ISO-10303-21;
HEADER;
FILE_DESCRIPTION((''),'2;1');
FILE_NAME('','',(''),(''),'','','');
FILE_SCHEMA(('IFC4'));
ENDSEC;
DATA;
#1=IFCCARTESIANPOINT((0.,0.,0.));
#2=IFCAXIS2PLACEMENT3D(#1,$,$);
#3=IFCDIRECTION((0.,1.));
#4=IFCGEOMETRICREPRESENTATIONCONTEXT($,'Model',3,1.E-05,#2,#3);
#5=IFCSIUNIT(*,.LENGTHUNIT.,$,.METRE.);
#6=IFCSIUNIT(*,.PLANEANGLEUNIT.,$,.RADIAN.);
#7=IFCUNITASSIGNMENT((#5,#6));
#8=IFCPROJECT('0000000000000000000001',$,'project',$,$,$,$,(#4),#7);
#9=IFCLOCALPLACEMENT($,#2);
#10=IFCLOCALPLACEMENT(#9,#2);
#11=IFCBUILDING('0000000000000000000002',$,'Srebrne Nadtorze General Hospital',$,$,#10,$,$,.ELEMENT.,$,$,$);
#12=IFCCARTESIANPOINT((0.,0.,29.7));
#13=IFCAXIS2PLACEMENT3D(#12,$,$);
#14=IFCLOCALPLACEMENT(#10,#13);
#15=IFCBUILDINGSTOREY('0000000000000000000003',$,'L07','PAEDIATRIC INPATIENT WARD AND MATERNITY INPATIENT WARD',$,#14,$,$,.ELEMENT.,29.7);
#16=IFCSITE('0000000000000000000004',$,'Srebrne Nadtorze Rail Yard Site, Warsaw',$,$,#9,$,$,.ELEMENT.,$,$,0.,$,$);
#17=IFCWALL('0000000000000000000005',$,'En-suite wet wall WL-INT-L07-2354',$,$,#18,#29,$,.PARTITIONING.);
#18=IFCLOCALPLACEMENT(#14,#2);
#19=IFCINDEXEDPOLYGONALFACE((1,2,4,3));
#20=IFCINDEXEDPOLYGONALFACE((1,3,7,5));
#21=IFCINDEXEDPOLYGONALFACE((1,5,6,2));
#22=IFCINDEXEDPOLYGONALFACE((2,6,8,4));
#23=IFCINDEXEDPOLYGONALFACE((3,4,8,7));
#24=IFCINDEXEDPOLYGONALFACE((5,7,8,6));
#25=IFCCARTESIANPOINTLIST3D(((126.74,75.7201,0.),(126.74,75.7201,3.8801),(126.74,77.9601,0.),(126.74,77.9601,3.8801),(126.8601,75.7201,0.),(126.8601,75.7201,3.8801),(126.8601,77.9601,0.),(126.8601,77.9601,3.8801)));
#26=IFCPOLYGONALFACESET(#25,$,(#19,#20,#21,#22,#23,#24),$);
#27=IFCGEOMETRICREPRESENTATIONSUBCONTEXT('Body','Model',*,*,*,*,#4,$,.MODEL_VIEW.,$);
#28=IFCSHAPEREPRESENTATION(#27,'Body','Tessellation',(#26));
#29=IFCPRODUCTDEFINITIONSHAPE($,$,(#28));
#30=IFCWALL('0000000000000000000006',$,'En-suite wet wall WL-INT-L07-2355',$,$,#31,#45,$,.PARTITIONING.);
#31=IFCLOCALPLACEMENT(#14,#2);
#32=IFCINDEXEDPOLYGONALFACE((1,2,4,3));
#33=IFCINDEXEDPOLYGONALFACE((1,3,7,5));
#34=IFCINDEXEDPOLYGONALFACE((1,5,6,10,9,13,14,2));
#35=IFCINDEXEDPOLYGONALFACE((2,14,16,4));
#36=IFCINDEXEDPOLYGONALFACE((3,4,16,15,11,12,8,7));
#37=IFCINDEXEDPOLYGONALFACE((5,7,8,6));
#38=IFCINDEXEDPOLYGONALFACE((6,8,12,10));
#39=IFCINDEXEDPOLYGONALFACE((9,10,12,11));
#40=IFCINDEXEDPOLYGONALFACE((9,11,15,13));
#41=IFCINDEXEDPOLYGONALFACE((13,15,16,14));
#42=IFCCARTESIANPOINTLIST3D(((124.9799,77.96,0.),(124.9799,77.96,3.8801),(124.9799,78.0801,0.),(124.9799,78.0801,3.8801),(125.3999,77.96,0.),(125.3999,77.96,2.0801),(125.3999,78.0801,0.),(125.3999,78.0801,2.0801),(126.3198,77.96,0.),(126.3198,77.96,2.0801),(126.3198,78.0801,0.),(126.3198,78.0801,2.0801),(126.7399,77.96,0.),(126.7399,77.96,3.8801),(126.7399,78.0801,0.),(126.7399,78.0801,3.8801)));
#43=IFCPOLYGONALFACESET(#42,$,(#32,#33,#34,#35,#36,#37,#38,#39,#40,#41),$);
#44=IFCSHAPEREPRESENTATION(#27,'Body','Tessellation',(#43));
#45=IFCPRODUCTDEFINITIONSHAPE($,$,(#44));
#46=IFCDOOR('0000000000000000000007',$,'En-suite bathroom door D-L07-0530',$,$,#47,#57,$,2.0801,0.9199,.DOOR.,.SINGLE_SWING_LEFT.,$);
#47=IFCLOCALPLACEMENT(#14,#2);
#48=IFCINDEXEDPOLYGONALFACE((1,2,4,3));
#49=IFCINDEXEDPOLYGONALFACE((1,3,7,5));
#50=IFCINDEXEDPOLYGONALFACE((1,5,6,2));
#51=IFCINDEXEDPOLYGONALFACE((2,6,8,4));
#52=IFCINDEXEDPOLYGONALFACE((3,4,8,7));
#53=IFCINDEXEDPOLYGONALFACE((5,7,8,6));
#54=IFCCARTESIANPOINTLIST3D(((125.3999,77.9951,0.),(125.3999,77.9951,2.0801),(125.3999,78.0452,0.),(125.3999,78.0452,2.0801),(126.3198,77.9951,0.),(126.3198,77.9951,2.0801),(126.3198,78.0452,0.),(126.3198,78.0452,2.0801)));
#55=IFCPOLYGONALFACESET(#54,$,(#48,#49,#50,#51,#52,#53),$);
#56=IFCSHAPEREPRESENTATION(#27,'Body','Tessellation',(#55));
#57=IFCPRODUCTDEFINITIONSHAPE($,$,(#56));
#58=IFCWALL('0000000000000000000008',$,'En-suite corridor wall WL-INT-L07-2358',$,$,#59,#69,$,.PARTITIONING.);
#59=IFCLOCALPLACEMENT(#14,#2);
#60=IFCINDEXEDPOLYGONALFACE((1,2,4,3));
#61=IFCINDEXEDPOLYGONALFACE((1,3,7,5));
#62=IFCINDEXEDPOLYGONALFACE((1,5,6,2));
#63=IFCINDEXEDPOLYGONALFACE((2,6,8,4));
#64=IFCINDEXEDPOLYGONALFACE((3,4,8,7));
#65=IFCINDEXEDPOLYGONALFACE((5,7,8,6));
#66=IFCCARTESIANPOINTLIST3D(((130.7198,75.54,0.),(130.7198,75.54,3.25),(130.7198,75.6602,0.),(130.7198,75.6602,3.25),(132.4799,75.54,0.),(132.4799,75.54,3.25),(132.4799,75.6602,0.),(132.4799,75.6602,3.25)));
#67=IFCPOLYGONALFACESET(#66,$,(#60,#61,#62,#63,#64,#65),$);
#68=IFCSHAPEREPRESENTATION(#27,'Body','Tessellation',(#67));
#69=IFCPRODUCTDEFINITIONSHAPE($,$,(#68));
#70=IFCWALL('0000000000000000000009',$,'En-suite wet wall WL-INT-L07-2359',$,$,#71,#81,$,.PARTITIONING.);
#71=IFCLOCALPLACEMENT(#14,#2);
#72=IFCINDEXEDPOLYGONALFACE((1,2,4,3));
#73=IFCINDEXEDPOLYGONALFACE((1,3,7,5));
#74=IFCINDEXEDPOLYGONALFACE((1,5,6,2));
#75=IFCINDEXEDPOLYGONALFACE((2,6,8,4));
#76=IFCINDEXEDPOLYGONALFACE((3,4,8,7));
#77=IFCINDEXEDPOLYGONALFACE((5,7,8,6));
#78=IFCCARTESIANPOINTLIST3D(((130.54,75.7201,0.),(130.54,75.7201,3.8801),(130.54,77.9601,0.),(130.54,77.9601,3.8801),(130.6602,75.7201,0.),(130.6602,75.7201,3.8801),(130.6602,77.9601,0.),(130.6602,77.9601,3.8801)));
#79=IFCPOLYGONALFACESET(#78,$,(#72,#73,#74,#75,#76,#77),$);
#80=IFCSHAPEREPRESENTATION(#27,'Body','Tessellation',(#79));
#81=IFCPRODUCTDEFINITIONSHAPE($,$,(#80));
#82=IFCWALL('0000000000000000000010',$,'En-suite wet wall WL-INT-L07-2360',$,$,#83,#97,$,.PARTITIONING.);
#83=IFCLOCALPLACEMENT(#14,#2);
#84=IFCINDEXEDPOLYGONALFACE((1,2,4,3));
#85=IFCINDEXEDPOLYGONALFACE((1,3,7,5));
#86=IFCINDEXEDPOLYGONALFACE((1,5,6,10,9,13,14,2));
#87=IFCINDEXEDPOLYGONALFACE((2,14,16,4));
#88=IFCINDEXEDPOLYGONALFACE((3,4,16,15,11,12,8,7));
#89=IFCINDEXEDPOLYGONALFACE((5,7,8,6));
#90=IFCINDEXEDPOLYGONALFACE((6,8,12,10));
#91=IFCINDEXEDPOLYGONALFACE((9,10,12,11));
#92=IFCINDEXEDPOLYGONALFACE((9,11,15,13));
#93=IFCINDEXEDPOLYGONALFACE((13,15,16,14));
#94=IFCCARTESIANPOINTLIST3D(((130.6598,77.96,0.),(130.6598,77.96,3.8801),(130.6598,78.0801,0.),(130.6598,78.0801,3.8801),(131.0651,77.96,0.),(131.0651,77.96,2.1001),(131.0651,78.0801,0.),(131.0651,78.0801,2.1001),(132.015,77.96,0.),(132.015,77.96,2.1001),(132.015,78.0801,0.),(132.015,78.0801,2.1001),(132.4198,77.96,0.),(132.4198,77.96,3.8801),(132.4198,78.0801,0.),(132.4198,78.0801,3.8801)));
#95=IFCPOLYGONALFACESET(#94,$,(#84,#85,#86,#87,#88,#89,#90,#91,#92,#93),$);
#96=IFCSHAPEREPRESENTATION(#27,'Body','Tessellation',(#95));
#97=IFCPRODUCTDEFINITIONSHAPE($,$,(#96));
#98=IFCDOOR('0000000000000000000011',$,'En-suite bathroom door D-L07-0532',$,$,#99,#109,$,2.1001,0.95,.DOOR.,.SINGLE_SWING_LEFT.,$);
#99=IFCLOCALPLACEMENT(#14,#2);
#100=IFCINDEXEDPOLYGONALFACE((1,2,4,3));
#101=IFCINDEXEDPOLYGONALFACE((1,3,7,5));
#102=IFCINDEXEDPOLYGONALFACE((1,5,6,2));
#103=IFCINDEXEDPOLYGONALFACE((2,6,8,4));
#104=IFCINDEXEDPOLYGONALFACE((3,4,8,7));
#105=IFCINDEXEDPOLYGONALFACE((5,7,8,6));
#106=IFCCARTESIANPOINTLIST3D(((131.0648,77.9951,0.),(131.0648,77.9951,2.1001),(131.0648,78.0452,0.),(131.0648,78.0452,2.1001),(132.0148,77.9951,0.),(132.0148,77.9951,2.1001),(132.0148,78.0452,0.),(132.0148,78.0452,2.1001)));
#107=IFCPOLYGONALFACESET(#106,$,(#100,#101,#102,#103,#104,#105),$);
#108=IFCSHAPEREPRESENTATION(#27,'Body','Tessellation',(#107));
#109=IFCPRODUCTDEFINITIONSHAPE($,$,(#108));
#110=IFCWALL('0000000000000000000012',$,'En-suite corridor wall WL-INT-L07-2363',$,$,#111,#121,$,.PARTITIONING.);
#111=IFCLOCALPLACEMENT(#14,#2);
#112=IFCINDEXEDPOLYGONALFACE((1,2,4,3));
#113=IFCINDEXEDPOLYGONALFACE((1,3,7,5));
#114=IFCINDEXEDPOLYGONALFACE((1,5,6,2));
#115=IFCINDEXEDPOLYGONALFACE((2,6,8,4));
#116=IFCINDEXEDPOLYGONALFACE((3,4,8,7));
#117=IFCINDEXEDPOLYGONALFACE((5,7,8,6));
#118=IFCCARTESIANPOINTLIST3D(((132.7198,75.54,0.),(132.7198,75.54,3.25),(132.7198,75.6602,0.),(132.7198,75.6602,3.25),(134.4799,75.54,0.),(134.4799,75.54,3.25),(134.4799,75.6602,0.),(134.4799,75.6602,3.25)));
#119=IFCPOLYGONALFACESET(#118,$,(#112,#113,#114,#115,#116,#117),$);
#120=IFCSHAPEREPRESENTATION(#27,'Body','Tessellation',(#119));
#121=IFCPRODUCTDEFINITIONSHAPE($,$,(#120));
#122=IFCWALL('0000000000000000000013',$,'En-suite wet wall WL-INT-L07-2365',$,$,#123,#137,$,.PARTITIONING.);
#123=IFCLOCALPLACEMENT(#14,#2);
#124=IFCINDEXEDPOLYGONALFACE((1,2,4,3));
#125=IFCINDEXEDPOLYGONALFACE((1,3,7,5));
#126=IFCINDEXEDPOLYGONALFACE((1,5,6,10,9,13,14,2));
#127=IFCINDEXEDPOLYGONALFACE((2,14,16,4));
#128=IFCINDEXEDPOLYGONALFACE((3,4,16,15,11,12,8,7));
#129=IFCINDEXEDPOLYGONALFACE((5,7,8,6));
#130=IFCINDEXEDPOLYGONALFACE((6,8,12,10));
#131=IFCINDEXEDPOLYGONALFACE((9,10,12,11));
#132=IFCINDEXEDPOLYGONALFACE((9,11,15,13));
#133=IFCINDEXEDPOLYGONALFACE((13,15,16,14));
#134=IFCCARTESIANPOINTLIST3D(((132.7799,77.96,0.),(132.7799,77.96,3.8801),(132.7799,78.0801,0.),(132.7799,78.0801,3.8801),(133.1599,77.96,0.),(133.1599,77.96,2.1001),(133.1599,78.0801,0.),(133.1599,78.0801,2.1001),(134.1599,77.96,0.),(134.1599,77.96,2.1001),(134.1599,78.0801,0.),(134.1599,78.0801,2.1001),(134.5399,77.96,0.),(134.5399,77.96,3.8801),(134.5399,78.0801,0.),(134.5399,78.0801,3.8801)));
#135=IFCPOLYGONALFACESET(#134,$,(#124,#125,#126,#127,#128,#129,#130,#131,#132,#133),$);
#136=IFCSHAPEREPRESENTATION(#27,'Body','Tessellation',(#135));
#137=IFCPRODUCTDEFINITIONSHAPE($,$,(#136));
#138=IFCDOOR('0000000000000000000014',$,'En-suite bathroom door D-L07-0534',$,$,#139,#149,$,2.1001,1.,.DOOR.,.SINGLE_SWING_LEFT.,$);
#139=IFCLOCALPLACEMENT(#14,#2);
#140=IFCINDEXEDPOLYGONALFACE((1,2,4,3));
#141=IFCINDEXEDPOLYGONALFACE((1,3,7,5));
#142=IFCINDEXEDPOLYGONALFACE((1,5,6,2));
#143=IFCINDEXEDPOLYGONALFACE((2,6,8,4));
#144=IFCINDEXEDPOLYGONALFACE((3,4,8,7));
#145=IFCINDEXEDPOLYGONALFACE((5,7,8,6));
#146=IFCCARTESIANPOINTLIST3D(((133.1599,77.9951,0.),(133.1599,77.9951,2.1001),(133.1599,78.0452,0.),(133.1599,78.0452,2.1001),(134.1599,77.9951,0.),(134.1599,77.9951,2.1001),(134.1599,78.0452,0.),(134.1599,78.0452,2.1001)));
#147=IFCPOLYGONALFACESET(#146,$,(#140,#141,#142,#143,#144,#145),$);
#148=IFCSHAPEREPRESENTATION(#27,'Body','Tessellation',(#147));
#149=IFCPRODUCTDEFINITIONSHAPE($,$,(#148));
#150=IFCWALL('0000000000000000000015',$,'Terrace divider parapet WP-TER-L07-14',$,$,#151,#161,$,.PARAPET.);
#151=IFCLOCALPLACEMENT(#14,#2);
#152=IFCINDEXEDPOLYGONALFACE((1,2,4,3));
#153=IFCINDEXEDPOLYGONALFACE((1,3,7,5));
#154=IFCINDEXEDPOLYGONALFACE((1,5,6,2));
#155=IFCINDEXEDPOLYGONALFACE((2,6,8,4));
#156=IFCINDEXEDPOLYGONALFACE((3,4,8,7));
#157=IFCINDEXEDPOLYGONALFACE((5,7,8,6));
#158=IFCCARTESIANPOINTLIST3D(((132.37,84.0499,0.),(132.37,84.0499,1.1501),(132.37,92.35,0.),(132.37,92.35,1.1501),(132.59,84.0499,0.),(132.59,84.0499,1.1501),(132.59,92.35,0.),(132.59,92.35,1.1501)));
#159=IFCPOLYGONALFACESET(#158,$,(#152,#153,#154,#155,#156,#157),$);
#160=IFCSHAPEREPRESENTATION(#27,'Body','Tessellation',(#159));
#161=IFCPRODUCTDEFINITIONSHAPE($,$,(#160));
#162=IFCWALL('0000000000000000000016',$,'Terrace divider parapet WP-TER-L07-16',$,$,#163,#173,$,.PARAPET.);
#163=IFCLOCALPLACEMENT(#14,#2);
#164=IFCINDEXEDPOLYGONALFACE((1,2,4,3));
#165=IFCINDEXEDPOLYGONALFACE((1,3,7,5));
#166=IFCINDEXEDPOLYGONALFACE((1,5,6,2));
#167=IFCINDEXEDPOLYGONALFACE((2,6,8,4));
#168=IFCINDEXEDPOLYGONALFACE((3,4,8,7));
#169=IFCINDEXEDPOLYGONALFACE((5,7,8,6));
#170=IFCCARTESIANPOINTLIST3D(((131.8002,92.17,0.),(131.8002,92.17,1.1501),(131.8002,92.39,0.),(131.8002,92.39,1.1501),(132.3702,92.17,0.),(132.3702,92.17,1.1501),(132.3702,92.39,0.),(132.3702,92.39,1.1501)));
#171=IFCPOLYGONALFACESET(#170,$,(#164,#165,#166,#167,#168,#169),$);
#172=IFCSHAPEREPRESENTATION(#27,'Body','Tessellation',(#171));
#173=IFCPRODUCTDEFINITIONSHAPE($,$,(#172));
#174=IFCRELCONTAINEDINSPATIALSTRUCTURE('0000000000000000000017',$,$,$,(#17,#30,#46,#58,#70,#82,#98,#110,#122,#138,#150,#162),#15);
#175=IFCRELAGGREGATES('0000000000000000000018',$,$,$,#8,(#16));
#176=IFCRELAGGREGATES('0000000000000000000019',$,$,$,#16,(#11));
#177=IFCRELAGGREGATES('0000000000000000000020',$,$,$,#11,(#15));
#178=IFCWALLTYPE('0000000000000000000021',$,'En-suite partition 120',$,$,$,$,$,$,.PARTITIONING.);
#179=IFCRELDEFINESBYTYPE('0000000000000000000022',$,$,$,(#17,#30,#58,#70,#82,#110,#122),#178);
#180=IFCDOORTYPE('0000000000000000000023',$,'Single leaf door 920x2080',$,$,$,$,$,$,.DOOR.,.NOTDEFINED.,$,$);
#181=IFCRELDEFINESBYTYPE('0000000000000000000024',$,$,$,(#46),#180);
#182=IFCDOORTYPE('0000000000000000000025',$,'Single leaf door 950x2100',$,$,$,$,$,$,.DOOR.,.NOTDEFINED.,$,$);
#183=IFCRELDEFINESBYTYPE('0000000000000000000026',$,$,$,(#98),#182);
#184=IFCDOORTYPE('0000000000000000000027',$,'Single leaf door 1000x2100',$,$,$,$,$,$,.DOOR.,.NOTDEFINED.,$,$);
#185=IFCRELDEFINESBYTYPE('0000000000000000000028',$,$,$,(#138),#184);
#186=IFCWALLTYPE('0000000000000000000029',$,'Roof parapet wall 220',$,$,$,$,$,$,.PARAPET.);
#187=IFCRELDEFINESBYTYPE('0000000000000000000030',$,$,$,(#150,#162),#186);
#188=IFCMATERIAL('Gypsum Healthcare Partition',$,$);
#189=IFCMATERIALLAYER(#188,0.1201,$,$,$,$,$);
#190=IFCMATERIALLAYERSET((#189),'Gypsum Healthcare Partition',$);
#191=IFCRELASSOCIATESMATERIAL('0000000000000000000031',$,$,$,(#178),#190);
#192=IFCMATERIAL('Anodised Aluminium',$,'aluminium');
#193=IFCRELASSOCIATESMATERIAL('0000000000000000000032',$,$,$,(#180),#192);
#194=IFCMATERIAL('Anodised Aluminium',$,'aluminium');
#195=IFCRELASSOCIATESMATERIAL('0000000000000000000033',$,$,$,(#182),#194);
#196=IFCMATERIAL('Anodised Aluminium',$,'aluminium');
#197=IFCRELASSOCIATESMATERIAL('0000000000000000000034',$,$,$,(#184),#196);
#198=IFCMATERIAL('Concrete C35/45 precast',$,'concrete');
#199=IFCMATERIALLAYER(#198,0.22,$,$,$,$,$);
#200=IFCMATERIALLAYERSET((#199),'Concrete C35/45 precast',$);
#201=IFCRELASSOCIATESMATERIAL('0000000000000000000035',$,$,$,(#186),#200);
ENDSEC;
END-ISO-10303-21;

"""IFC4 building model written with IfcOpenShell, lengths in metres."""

from ifc_helpers import new_model, si_unit, direction, frame, frame_2d, origin, place, context, subcontext, project, spatial, rectangle, extrude, material, layer, layer_set, type_object, element, fill, save


model = new_model("IFC4")

# Units and contexts
model_context = context("Model", 3, precision=1e-05, world=origin(), true_north=direction((0.0, 1.0)))
body_context = subcontext(model_context, "Body", "Model", "MODEL_VIEW")
ifc_project = project(units=[si_unit("LENGTHUNIT", "METRE"), si_unit("PLANEANGLEUNIT", "RADIAN")], contexts=[model_context])

# Site, building, storey
site_placement = place(None, origin())
site = spatial("IfcSite", under=ifc_project, at=site_placement, Name="Srebrne Nadtorze Rail Yard Site, Warsaw", CompositionType="ELEMENT", RefElevation=0.0)
building_placement = place(site_placement, origin())
building = spatial("IfcBuilding", under=site, at=building_placement, Name="Srebrne Nadtorze General Hospital", CompositionType="ELEMENT")
storey_placement = place(building_placement, frame((0.0, 0.0, 29.7)))
storey = spatial("IfcBuildingStorey", under=building, at=storey_placement, Name="L07", Description="PAEDIATRIC INPATIENT WARD AND MATERNITY INPATIENT WARD", CompositionType="ELEMENT", Elevation=29.7)

# Wall
ifc_material_1 = material(Name="Gypsum Healthcare Partition")
ifc_layer_1 = layer(ifc_material_1, 0.1201)
ifc_layer_set_1 = layer_set([ifc_layer_1], Name="Gypsum Healthcare Partition")
wall_type_1 = type_object("IfcWallType", Name="En-suite partition 120", PredefinedType="PARTITIONING", material=ifc_layer_set_1)
wall_1_placement = place(storey_placement, frame((126.8, 75.72, 0.0), z_axis=(0.0, 0.0, 1.0), x_axis=(0.0, 1.0, 0.0)))
element("IfcWall", 1, at=wall_1_placement, inside=storey, type_object=wall_type_1, Name="En-suite wet wall WL-INT-L07-2354", PredefinedType="PARTITIONING", context=body_context, shape_type="SweptSolid", body=[
    extrude(rectangle(XDim=2.24, YDim=0.1201, at=frame_2d((1.1201, 0.0))), origin(), (0.0, 0.0, 1.0), 3.8801),
])

# Wall, opening, door
wall_2_placement = place(storey_placement, frame((124.98, 78.02, 0.0), z_axis=(0.0, 0.0, 1.0), x_axis=(1.0, 0.0, 0.0)))
wall_2 = element("IfcWall", 2, at=wall_2_placement, inside=storey, type_object=wall_type_1, Name="En-suite wet wall WL-INT-L07-2355", PredefinedType="PARTITIONING", context=body_context, shape_type="SweptSolid", body=[
    extrude(rectangle(XDim=1.76, YDim=0.1201, at=frame_2d((0.8799, 0.0))), origin(), (0.0, 0.0, 1.0), 3.8801),
])
opening_1_placement = place(wall_2_placement, frame((0.4199, 0.0, 0.0)))
opening_1 = element("IfcOpeningElement", 3, at=opening_1_placement, cuts=wall_2, PredefinedType="OPENING", context=body_context, shape_type="SweptSolid", body=[
    extrude(rectangle(XDim=0.9199, YDim=2.0801, at=frame_2d((0.46, 1.04))), frame((0.0, 0.072, 0.0), z_axis=(0.0, -1.0, 0.0), x_axis=(1.0, 0.0, 0.0)), (0.0, 0.0, 1.0), 0.144),
])
ifc_material_2 = material(Name="Anodised Aluminium", Category="aluminium")
door_type_1 = type_object("IfcDoorType", Name="Single leaf door 920x2080", OperationType="NOTDEFINED", PredefinedType="DOOR", material=ifc_material_2)
door_1_placement = place(opening_1_placement, frame((0.9199, 0.0, 0.0), z_axis=(0.0, 0.0, 1.0), x_axis=(-1.0, 0.0, 0.0)))
door_1 = element("IfcDoor", 4, at=door_1_placement, inside=storey, type_object=door_type_1, Name="En-suite bathroom door D-L07-0530", OperationType="SINGLE_SWING_LEFT", OverallHeight=2.0801, OverallWidth=0.9199, PredefinedType="DOOR", context=body_context, shape_type="SweptSolid", body=[
    extrude(rectangle(XDim=0.9199, YDim=2.0801, at=frame_2d((0.46, 1.04))), frame((0.0, 0.0249, 0.0), z_axis=(0.0, -1.0, 0.0), x_axis=(1.0, 0.0, 0.0)), (0.0, 0.0, 1.0), 0.05),
])
fill(opening_1, door_1)

# Walls
wall_3_placement = place(storey_placement, frame((130.72, 75.6001, 0.0), z_axis=(0.0, 0.0, 1.0), x_axis=(1.0, 0.0, 0.0)))
element("IfcWall", 5, at=wall_3_placement, inside=storey, type_object=wall_type_1, Name="En-suite corridor wall WL-INT-L07-2358", PredefinedType="PARTITIONING", context=body_context, shape_type="SweptSolid", body=[
    extrude(rectangle(XDim=1.76, YDim=0.1201, at=frame_2d((0.8799, 0.0))), origin(), (0.0, 0.0, 1.0), 3.25),
])
wall_4_placement = place(storey_placement, frame((130.6001, 75.72, 0.0), z_axis=(0.0, 0.0, 1.0), x_axis=(0.0, 1.0, 0.0)))
element("IfcWall", 6, at=wall_4_placement, inside=storey, type_object=wall_type_1, Name="En-suite wet wall WL-INT-L07-2359", PredefinedType="PARTITIONING", context=body_context, shape_type="SweptSolid", body=[
    extrude(rectangle(XDim=2.24, YDim=0.1201, at=frame_2d((1.1201, 0.0))), origin(), (0.0, 0.0, 1.0), 3.8801),
])

# Wall, opening, door
wall_5_placement = place(storey_placement, frame((130.6599, 78.02, 0.0), z_axis=(0.0, 0.0, 1.0), x_axis=(1.0, 0.0, 0.0)))
wall_5 = element("IfcWall", 7, at=wall_5_placement, inside=storey, type_object=wall_type_1, Name="En-suite wet wall WL-INT-L07-2360", PredefinedType="PARTITIONING", context=body_context, shape_type="SweptSolid", body=[
    extrude(rectangle(XDim=1.76, YDim=0.1201, at=frame_2d((0.8799, 0.0))), origin(), (0.0, 0.0, 1.0), 3.8801),
])
opening_2_placement = place(wall_5_placement, frame((0.405, 0.0, 0.0)))
opening_2 = element("IfcOpeningElement", 8, at=opening_2_placement, cuts=wall_5, PredefinedType="OPENING", context=body_context, shape_type="SweptSolid", body=[
    extrude(rectangle(XDim=0.95, YDim=2.1001, at=frame_2d((0.4751, 1.05))), frame((0.0, 0.072, 0.0), z_axis=(0.0, -1.0, 0.0), x_axis=(1.0, 0.0, 0.0)), (0.0, 0.0, 1.0), 0.144),
])
ifc_material_3 = material(Name="Anodised Aluminium", Category="aluminium")
door_type_2 = type_object("IfcDoorType", Name="Single leaf door 950x2100", OperationType="NOTDEFINED", PredefinedType="DOOR", material=ifc_material_3)
door_2_placement = place(opening_2_placement, frame((0.95, 0.0, 0.0), z_axis=(0.0, 0.0, 1.0), x_axis=(-1.0, 0.0, 0.0)))
door_2 = element("IfcDoor", 9, at=door_2_placement, inside=storey, type_object=door_type_2, Name="En-suite bathroom door D-L07-0532", OperationType="SINGLE_SWING_LEFT", OverallHeight=2.1001, OverallWidth=0.95, PredefinedType="DOOR", context=body_context, shape_type="SweptSolid", body=[
    extrude(rectangle(XDim=0.95, YDim=2.1001, at=frame_2d((0.4751, 1.05))), frame((0.0, 0.0249, 0.0), z_axis=(0.0, -1.0, 0.0), x_axis=(1.0, 0.0, 0.0)), (0.0, 0.0, 1.0), 0.05),
])
fill(opening_2, door_2)

# Wall
wall_6_placement = place(storey_placement, frame((132.72, 75.6001, 0.0), z_axis=(0.0, 0.0, 1.0), x_axis=(1.0, 0.0, 0.0)))
element("IfcWall", 10, at=wall_6_placement, inside=storey, type_object=wall_type_1, Name="En-suite corridor wall WL-INT-L07-2363", PredefinedType="PARTITIONING", context=body_context, shape_type="SweptSolid", body=[
    extrude(rectangle(XDim=1.76, YDim=0.1201, at=frame_2d((0.8799, 0.0))), origin(), (0.0, 0.0, 1.0), 3.25),
])

# Wall, opening, door
wall_7_placement = place(storey_placement, frame((132.78, 78.02, 0.0), z_axis=(0.0, 0.0, 1.0), x_axis=(1.0, 0.0, 0.0)))
wall_7 = element("IfcWall", 11, at=wall_7_placement, inside=storey, type_object=wall_type_1, Name="En-suite wet wall WL-INT-L07-2365", PredefinedType="PARTITIONING", context=body_context, shape_type="SweptSolid", body=[
    extrude(rectangle(XDim=1.76, YDim=0.1201, at=frame_2d((0.8799, 0.0))), origin(), (0.0, 0.0, 1.0), 3.8801),
])
opening_3_placement = place(wall_7_placement, frame((0.3799, 0.0, 0.0)))
opening_3 = element("IfcOpeningElement", 12, at=opening_3_placement, cuts=wall_7, PredefinedType="OPENING", context=body_context, shape_type="SweptSolid", body=[
    extrude(rectangle(XDim=1.0, YDim=2.1001, at=frame_2d((0.5, 1.05))), frame((0.0, 0.072, 0.0), z_axis=(0.0, -1.0, 0.0), x_axis=(1.0, 0.0, 0.0)), (0.0, 0.0, 1.0), 0.144),
])
ifc_material_4 = material(Name="Anodised Aluminium", Category="aluminium")
door_type_3 = type_object("IfcDoorType", Name="Single leaf door 1000x2100", OperationType="NOTDEFINED", PredefinedType="DOOR", material=ifc_material_4)
door_3_placement = place(opening_3_placement, frame((1.0, 0.0, 0.0), z_axis=(0.0, 0.0, 1.0), x_axis=(-1.0, 0.0, 0.0)))
door_3 = element("IfcDoor", 13, at=door_3_placement, inside=storey, type_object=door_type_3, Name="En-suite bathroom door D-L07-0534", OperationType="SINGLE_SWING_LEFT", OverallHeight=2.1001, OverallWidth=1.0, PredefinedType="DOOR", context=body_context, shape_type="SweptSolid", body=[
    extrude(rectangle(XDim=1.0, YDim=2.1001, at=frame_2d((0.5, 1.05))), frame((0.0, 0.0249, 0.0), z_axis=(0.0, -1.0, 0.0), x_axis=(1.0, 0.0, 0.0)), (0.0, 0.0, 1.0), 0.05),
])
fill(opening_3, door_3)

# Walls
ifc_material_5 = material(Name="Concrete C35/45 precast", Category="concrete")
ifc_layer_2 = layer(ifc_material_5, 0.22)
ifc_layer_set_2 = layer_set([ifc_layer_2], Name="Concrete C35/45 precast")
wall_type_2 = type_object("IfcWallType", Name="Roof parapet wall 220", PredefinedType="PARAPET", material=ifc_layer_set_2)
wall_8_placement = place(storey_placement, frame((132.48, 84.05, 0.0), z_axis=(0.0, 0.0, 1.0), x_axis=(0.0, 1.0, 0.0)))
element("IfcWall", 14, at=wall_8_placement, inside=storey, type_object=wall_type_2, Name="Terrace divider parapet WP-TER-L07-14", PredefinedType="PARAPET", context=body_context, shape_type="SweptSolid", body=[
    extrude(rectangle(XDim=8.3, YDim=0.22, at=frame_2d((4.1499, 0.0))), origin(), (0.0, 0.0, 1.0), 1.1501),
])
wall_9_placement = place(storey_placement, frame((131.8, 92.28, 0.0), z_axis=(0.0, 0.0, 1.0), x_axis=(1.0, 0.0, 0.0)))
element("IfcWall", 15, at=wall_9_placement, inside=storey, type_object=wall_type_2, Name="Terrace divider parapet WP-TER-L07-16", PredefinedType="PARAPET", context=body_context, shape_type="SweptSolid", body=[
    extrude(rectangle(XDim=0.5701, YDim=0.22, at=frame_2d((0.2852, 0.0))), origin(), (0.0, 0.0, 1.0), 1.1501),
])

save(model, "model.ifc")
